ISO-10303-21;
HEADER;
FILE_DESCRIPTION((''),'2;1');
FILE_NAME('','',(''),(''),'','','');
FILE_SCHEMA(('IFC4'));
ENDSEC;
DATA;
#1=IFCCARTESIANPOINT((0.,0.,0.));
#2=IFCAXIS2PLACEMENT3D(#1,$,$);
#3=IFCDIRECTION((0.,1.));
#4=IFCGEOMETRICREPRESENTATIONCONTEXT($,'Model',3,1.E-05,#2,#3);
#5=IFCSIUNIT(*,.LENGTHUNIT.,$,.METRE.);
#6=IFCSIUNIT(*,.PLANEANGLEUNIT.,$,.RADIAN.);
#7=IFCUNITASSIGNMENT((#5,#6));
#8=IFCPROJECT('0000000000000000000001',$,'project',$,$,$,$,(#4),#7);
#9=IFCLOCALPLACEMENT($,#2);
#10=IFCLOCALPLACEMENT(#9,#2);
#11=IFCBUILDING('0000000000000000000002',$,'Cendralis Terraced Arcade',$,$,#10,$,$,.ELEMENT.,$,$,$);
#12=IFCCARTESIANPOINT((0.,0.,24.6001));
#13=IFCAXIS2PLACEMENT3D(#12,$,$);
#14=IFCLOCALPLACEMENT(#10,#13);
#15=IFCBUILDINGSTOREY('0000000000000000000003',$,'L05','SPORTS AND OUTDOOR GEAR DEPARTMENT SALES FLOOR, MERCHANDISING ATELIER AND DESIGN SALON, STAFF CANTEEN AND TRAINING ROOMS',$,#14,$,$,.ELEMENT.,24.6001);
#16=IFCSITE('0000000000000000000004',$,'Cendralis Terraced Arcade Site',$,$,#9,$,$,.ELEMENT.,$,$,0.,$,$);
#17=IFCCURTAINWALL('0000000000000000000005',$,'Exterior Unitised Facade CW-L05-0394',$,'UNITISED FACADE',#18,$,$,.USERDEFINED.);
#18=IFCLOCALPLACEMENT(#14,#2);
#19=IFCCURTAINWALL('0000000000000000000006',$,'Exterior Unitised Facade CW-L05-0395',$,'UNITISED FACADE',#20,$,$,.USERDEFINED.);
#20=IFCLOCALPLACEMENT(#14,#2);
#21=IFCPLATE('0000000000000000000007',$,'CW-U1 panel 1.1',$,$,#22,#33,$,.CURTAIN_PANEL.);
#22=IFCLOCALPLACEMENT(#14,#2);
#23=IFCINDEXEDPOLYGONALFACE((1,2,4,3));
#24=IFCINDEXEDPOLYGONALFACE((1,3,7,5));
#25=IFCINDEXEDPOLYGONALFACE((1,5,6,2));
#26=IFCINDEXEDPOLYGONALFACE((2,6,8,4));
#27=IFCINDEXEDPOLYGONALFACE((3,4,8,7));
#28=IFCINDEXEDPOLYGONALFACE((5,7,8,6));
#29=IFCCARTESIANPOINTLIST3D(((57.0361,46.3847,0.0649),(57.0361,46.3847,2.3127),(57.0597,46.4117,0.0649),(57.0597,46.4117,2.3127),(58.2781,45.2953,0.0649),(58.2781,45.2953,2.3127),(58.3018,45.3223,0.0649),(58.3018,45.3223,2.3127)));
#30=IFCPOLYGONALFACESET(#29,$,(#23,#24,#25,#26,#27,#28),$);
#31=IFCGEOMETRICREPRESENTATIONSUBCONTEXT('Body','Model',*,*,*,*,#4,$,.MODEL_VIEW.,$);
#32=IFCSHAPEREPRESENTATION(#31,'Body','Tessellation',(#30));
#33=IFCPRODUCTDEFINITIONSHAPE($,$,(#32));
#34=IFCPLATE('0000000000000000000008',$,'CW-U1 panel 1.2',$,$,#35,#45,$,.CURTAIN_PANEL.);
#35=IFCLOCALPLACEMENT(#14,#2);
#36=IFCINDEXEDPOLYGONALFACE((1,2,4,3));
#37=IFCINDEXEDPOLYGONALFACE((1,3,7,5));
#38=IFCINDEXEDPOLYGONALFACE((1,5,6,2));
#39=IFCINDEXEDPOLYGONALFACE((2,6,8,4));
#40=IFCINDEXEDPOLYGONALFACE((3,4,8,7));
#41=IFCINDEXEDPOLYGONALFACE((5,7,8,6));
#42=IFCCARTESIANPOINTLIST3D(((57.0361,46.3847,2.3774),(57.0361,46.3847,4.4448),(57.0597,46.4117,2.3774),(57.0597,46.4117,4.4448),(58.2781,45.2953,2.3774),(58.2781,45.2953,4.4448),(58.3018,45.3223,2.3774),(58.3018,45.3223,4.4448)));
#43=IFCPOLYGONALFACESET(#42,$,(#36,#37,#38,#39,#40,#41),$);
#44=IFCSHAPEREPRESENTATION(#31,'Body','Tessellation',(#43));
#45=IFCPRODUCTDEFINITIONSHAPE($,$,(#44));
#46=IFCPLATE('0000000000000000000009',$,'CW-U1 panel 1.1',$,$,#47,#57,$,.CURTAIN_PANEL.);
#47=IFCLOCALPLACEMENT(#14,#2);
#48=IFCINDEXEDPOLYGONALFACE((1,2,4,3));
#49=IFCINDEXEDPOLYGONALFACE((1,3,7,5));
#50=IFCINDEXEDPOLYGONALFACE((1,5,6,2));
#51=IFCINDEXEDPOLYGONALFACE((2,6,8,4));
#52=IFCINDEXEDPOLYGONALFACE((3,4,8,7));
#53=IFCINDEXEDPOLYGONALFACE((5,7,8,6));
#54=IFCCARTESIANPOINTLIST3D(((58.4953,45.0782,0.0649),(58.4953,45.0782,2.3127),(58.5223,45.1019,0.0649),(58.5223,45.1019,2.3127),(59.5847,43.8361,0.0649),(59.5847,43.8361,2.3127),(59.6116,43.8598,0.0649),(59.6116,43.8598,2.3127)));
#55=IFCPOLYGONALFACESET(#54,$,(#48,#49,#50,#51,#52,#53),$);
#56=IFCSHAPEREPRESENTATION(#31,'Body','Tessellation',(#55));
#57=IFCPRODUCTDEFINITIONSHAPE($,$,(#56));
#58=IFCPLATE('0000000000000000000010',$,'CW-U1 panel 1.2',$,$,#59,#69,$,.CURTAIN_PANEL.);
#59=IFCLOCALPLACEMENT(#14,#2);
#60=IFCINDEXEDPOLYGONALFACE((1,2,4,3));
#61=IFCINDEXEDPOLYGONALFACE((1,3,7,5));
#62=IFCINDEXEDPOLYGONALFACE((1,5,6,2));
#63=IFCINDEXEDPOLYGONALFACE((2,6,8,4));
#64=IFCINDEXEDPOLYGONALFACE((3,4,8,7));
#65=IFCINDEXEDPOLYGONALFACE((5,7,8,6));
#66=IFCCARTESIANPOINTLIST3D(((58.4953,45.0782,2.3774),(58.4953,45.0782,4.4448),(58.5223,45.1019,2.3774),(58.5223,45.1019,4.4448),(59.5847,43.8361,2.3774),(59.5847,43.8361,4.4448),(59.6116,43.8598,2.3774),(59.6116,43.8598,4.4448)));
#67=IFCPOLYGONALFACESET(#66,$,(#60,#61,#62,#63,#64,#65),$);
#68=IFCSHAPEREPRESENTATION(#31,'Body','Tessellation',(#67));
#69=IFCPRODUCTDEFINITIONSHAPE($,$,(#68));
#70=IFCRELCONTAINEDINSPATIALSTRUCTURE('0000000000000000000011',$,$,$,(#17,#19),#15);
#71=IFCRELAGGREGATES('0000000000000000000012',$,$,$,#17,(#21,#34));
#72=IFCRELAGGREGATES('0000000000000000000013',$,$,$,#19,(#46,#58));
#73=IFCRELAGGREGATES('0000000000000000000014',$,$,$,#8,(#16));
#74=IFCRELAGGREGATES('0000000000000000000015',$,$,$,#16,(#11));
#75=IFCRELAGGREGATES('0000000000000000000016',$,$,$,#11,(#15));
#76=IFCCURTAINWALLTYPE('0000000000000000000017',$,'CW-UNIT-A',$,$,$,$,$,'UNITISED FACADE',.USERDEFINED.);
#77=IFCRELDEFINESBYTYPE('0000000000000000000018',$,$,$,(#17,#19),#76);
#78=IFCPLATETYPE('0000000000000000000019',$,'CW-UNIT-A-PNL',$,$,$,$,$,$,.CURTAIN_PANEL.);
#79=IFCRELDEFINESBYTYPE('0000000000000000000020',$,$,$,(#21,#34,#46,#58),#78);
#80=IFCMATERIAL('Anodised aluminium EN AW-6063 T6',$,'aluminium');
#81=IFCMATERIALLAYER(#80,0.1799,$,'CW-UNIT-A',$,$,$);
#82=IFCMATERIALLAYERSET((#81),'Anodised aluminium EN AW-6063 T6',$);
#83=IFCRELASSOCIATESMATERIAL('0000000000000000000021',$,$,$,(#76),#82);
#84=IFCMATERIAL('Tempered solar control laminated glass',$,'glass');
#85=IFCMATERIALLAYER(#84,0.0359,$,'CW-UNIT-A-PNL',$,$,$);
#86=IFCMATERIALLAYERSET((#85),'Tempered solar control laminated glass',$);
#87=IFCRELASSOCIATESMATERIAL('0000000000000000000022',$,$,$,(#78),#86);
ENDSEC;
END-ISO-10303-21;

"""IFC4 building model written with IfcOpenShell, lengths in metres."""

from ifc_helpers import new_model, si_unit, direction, frame, origin, origin_2d, place, context, subcontext, project, spatial, rectangle, extrude, material, layer, layer_set, type_object, element, aggregate, save


model = new_model("IFC4")

# Units and contexts
model_context = context("Model", 3, precision=1e-05, world=origin(), true_north=direction((0.0, 1.0)))
body_context = subcontext(model_context, "Body", "Model", "MODEL_VIEW")
ifc_project = project(units=[si_unit("LENGTHUNIT", "METRE"), si_unit("PLANEANGLEUNIT", "RADIAN")], contexts=[model_context])

# Site, building, storey
site_placement = place(None, origin())
site = spatial("IfcSite", under=ifc_project, at=site_placement, Name="Cendralis Terraced Arcade Site", CompositionType="ELEMENT", RefElevation=0.0)
building_placement = place(site_placement, origin())
building = spatial("IfcBuilding", under=site, at=building_placement, Name="Cendralis Terraced Arcade", CompositionType="ELEMENT")
storey_placement = place(building_placement, frame((0.0, 0.0, 24.6001)))
storey = spatial("IfcBuildingStorey", under=building, at=storey_placement, Name="L05", Description="SPORTS AND OUTDOOR GEAR DEPARTMENT SALES FLOOR, MERCHANDISING ATELIER AND DESIGN SALON, STAFF CANTEEN AND TRAINING ROOMS", CompositionType="ELEMENT", Elevation=24.6001)

# Shared definitions
ifc_material_1 = material(Name="Anodised aluminium EN AW-6063 T6", Category="aluminium")
ifc_layer_1 = layer(ifc_material_1, 0.1799, Name="CW-UNIT-A")
ifc_layer_set_1 = layer_set([ifc_layer_1], Name="Anodised aluminium EN AW-6063 T6")
curtain_wall_type = type_object("IfcCurtainWallType", Name="CW-UNIT-A", ElementType="UNITISED FACADE", PredefinedType="USERDEFINED", material=ifc_layer_set_1)

# Curtain walls
curtain_wall_1_placement = place(storey_placement, origin())
curtain_wall_1 = element("IfcCurtainWall", 1, at=curtain_wall_1_placement, inside=storey, type_object=curtain_wall_type, Name="Exterior Unitised Facade CW-L05-0394", ObjectType="UNITISED FACADE", PredefinedType="USERDEFINED")
curtain_wall_2_placement = place(storey_placement, origin())
curtain_wall_2 = element("IfcCurtainWall", 2, at=curtain_wall_2_placement, inside=storey, type_object=curtain_wall_type, Name="Exterior Unitised Facade CW-L05-0395", ObjectType="UNITISED FACADE", PredefinedType="USERDEFINED")

# Plates
ifc_material_2 = material(Name="Tempered solar control laminated glass", Category="glass")
ifc_layer_2 = layer(ifc_material_2, 0.0359, Name="CW-UNIT-A-PNL")
ifc_layer_set_2 = layer_set([ifc_layer_2], Name="Tempered solar control laminated glass")
plate_type = type_object("IfcPlateType", Name="CW-UNIT-A-PNL", PredefinedType="CURTAIN_PANEL", material=ifc_layer_set_2)
plate_1_placement = place(storey_placement, frame((57.6689, 45.8535, 0.0649), z_axis=(0.0, 0.0, 1.0), x_axis=(0.751804, -0.659386, 0.0)))
plate_1 = element("IfcPlate", 3, at=plate_1_placement, type_object=plate_type, Name="CW-U1 panel 1.1", PredefinedType="CURTAIN_PANEL", context=body_context, shape_type="SweptSolid", body=[
    extrude(rectangle(XDim=1.6521, YDim=0.0359, at=origin_2d()), origin(), (0.0, 0.0, 1.0), 2.2478),
])
plate_2_placement = place(storey_placement, frame((57.6689, 45.8535, 2.3774), z_axis=(0.0, 0.0, 1.0), x_axis=(0.751804, -0.659386, 0.0)))
plate_2 = element("IfcPlate", 4, at=plate_2_placement, type_object=plate_type, Name="CW-U1 panel 1.2", PredefinedType="CURTAIN_PANEL", context=body_context, shape_type="SweptSolid", body=[
    extrude(rectangle(XDim=1.6521, YDim=0.0359, at=origin_2d()), origin(), (0.0, 0.0, 1.0), 2.0674),
])
aggregate(curtain_wall_1, [plate_1, plate_2])
plate_3_placement = place(storey_placement, frame((59.0535, 44.469, 0.0649), z_axis=(0.0, 0.0, 1.0), x_axis=(0.659386, -0.751804, 0.0)))
plate_3 = element("IfcPlate", 5, at=plate_3_placement, type_object=plate_type, Name="CW-U1 panel 1.1", PredefinedType="CURTAIN_PANEL", context=body_context, shape_type="SweptSolid", body=[
    extrude(rectangle(XDim=1.6521, YDim=0.0359, at=origin_2d()), origin(), (0.0, 0.0, 1.0), 2.2478),
])
plate_4_placement = place(storey_placement, frame((59.0535, 44.469, 2.3774), z_axis=(0.0, 0.0, 1.0), x_axis=(0.659386, -0.751804, 0.0)))
plate_4 = element("IfcPlate", 6, at=plate_4_placement, type_object=plate_type, Name="CW-U1 panel 1.2", PredefinedType="CURTAIN_PANEL", context=body_context, shape_type="SweptSolid", body=[
    extrude(rectangle(XDim=1.6521, YDim=0.0359, at=origin_2d()), origin(), (0.0, 0.0, 1.0), 2.0674),
])
aggregate(curtain_wall_2, [plate_3, plate_4])

save(model, "model.ifc")
